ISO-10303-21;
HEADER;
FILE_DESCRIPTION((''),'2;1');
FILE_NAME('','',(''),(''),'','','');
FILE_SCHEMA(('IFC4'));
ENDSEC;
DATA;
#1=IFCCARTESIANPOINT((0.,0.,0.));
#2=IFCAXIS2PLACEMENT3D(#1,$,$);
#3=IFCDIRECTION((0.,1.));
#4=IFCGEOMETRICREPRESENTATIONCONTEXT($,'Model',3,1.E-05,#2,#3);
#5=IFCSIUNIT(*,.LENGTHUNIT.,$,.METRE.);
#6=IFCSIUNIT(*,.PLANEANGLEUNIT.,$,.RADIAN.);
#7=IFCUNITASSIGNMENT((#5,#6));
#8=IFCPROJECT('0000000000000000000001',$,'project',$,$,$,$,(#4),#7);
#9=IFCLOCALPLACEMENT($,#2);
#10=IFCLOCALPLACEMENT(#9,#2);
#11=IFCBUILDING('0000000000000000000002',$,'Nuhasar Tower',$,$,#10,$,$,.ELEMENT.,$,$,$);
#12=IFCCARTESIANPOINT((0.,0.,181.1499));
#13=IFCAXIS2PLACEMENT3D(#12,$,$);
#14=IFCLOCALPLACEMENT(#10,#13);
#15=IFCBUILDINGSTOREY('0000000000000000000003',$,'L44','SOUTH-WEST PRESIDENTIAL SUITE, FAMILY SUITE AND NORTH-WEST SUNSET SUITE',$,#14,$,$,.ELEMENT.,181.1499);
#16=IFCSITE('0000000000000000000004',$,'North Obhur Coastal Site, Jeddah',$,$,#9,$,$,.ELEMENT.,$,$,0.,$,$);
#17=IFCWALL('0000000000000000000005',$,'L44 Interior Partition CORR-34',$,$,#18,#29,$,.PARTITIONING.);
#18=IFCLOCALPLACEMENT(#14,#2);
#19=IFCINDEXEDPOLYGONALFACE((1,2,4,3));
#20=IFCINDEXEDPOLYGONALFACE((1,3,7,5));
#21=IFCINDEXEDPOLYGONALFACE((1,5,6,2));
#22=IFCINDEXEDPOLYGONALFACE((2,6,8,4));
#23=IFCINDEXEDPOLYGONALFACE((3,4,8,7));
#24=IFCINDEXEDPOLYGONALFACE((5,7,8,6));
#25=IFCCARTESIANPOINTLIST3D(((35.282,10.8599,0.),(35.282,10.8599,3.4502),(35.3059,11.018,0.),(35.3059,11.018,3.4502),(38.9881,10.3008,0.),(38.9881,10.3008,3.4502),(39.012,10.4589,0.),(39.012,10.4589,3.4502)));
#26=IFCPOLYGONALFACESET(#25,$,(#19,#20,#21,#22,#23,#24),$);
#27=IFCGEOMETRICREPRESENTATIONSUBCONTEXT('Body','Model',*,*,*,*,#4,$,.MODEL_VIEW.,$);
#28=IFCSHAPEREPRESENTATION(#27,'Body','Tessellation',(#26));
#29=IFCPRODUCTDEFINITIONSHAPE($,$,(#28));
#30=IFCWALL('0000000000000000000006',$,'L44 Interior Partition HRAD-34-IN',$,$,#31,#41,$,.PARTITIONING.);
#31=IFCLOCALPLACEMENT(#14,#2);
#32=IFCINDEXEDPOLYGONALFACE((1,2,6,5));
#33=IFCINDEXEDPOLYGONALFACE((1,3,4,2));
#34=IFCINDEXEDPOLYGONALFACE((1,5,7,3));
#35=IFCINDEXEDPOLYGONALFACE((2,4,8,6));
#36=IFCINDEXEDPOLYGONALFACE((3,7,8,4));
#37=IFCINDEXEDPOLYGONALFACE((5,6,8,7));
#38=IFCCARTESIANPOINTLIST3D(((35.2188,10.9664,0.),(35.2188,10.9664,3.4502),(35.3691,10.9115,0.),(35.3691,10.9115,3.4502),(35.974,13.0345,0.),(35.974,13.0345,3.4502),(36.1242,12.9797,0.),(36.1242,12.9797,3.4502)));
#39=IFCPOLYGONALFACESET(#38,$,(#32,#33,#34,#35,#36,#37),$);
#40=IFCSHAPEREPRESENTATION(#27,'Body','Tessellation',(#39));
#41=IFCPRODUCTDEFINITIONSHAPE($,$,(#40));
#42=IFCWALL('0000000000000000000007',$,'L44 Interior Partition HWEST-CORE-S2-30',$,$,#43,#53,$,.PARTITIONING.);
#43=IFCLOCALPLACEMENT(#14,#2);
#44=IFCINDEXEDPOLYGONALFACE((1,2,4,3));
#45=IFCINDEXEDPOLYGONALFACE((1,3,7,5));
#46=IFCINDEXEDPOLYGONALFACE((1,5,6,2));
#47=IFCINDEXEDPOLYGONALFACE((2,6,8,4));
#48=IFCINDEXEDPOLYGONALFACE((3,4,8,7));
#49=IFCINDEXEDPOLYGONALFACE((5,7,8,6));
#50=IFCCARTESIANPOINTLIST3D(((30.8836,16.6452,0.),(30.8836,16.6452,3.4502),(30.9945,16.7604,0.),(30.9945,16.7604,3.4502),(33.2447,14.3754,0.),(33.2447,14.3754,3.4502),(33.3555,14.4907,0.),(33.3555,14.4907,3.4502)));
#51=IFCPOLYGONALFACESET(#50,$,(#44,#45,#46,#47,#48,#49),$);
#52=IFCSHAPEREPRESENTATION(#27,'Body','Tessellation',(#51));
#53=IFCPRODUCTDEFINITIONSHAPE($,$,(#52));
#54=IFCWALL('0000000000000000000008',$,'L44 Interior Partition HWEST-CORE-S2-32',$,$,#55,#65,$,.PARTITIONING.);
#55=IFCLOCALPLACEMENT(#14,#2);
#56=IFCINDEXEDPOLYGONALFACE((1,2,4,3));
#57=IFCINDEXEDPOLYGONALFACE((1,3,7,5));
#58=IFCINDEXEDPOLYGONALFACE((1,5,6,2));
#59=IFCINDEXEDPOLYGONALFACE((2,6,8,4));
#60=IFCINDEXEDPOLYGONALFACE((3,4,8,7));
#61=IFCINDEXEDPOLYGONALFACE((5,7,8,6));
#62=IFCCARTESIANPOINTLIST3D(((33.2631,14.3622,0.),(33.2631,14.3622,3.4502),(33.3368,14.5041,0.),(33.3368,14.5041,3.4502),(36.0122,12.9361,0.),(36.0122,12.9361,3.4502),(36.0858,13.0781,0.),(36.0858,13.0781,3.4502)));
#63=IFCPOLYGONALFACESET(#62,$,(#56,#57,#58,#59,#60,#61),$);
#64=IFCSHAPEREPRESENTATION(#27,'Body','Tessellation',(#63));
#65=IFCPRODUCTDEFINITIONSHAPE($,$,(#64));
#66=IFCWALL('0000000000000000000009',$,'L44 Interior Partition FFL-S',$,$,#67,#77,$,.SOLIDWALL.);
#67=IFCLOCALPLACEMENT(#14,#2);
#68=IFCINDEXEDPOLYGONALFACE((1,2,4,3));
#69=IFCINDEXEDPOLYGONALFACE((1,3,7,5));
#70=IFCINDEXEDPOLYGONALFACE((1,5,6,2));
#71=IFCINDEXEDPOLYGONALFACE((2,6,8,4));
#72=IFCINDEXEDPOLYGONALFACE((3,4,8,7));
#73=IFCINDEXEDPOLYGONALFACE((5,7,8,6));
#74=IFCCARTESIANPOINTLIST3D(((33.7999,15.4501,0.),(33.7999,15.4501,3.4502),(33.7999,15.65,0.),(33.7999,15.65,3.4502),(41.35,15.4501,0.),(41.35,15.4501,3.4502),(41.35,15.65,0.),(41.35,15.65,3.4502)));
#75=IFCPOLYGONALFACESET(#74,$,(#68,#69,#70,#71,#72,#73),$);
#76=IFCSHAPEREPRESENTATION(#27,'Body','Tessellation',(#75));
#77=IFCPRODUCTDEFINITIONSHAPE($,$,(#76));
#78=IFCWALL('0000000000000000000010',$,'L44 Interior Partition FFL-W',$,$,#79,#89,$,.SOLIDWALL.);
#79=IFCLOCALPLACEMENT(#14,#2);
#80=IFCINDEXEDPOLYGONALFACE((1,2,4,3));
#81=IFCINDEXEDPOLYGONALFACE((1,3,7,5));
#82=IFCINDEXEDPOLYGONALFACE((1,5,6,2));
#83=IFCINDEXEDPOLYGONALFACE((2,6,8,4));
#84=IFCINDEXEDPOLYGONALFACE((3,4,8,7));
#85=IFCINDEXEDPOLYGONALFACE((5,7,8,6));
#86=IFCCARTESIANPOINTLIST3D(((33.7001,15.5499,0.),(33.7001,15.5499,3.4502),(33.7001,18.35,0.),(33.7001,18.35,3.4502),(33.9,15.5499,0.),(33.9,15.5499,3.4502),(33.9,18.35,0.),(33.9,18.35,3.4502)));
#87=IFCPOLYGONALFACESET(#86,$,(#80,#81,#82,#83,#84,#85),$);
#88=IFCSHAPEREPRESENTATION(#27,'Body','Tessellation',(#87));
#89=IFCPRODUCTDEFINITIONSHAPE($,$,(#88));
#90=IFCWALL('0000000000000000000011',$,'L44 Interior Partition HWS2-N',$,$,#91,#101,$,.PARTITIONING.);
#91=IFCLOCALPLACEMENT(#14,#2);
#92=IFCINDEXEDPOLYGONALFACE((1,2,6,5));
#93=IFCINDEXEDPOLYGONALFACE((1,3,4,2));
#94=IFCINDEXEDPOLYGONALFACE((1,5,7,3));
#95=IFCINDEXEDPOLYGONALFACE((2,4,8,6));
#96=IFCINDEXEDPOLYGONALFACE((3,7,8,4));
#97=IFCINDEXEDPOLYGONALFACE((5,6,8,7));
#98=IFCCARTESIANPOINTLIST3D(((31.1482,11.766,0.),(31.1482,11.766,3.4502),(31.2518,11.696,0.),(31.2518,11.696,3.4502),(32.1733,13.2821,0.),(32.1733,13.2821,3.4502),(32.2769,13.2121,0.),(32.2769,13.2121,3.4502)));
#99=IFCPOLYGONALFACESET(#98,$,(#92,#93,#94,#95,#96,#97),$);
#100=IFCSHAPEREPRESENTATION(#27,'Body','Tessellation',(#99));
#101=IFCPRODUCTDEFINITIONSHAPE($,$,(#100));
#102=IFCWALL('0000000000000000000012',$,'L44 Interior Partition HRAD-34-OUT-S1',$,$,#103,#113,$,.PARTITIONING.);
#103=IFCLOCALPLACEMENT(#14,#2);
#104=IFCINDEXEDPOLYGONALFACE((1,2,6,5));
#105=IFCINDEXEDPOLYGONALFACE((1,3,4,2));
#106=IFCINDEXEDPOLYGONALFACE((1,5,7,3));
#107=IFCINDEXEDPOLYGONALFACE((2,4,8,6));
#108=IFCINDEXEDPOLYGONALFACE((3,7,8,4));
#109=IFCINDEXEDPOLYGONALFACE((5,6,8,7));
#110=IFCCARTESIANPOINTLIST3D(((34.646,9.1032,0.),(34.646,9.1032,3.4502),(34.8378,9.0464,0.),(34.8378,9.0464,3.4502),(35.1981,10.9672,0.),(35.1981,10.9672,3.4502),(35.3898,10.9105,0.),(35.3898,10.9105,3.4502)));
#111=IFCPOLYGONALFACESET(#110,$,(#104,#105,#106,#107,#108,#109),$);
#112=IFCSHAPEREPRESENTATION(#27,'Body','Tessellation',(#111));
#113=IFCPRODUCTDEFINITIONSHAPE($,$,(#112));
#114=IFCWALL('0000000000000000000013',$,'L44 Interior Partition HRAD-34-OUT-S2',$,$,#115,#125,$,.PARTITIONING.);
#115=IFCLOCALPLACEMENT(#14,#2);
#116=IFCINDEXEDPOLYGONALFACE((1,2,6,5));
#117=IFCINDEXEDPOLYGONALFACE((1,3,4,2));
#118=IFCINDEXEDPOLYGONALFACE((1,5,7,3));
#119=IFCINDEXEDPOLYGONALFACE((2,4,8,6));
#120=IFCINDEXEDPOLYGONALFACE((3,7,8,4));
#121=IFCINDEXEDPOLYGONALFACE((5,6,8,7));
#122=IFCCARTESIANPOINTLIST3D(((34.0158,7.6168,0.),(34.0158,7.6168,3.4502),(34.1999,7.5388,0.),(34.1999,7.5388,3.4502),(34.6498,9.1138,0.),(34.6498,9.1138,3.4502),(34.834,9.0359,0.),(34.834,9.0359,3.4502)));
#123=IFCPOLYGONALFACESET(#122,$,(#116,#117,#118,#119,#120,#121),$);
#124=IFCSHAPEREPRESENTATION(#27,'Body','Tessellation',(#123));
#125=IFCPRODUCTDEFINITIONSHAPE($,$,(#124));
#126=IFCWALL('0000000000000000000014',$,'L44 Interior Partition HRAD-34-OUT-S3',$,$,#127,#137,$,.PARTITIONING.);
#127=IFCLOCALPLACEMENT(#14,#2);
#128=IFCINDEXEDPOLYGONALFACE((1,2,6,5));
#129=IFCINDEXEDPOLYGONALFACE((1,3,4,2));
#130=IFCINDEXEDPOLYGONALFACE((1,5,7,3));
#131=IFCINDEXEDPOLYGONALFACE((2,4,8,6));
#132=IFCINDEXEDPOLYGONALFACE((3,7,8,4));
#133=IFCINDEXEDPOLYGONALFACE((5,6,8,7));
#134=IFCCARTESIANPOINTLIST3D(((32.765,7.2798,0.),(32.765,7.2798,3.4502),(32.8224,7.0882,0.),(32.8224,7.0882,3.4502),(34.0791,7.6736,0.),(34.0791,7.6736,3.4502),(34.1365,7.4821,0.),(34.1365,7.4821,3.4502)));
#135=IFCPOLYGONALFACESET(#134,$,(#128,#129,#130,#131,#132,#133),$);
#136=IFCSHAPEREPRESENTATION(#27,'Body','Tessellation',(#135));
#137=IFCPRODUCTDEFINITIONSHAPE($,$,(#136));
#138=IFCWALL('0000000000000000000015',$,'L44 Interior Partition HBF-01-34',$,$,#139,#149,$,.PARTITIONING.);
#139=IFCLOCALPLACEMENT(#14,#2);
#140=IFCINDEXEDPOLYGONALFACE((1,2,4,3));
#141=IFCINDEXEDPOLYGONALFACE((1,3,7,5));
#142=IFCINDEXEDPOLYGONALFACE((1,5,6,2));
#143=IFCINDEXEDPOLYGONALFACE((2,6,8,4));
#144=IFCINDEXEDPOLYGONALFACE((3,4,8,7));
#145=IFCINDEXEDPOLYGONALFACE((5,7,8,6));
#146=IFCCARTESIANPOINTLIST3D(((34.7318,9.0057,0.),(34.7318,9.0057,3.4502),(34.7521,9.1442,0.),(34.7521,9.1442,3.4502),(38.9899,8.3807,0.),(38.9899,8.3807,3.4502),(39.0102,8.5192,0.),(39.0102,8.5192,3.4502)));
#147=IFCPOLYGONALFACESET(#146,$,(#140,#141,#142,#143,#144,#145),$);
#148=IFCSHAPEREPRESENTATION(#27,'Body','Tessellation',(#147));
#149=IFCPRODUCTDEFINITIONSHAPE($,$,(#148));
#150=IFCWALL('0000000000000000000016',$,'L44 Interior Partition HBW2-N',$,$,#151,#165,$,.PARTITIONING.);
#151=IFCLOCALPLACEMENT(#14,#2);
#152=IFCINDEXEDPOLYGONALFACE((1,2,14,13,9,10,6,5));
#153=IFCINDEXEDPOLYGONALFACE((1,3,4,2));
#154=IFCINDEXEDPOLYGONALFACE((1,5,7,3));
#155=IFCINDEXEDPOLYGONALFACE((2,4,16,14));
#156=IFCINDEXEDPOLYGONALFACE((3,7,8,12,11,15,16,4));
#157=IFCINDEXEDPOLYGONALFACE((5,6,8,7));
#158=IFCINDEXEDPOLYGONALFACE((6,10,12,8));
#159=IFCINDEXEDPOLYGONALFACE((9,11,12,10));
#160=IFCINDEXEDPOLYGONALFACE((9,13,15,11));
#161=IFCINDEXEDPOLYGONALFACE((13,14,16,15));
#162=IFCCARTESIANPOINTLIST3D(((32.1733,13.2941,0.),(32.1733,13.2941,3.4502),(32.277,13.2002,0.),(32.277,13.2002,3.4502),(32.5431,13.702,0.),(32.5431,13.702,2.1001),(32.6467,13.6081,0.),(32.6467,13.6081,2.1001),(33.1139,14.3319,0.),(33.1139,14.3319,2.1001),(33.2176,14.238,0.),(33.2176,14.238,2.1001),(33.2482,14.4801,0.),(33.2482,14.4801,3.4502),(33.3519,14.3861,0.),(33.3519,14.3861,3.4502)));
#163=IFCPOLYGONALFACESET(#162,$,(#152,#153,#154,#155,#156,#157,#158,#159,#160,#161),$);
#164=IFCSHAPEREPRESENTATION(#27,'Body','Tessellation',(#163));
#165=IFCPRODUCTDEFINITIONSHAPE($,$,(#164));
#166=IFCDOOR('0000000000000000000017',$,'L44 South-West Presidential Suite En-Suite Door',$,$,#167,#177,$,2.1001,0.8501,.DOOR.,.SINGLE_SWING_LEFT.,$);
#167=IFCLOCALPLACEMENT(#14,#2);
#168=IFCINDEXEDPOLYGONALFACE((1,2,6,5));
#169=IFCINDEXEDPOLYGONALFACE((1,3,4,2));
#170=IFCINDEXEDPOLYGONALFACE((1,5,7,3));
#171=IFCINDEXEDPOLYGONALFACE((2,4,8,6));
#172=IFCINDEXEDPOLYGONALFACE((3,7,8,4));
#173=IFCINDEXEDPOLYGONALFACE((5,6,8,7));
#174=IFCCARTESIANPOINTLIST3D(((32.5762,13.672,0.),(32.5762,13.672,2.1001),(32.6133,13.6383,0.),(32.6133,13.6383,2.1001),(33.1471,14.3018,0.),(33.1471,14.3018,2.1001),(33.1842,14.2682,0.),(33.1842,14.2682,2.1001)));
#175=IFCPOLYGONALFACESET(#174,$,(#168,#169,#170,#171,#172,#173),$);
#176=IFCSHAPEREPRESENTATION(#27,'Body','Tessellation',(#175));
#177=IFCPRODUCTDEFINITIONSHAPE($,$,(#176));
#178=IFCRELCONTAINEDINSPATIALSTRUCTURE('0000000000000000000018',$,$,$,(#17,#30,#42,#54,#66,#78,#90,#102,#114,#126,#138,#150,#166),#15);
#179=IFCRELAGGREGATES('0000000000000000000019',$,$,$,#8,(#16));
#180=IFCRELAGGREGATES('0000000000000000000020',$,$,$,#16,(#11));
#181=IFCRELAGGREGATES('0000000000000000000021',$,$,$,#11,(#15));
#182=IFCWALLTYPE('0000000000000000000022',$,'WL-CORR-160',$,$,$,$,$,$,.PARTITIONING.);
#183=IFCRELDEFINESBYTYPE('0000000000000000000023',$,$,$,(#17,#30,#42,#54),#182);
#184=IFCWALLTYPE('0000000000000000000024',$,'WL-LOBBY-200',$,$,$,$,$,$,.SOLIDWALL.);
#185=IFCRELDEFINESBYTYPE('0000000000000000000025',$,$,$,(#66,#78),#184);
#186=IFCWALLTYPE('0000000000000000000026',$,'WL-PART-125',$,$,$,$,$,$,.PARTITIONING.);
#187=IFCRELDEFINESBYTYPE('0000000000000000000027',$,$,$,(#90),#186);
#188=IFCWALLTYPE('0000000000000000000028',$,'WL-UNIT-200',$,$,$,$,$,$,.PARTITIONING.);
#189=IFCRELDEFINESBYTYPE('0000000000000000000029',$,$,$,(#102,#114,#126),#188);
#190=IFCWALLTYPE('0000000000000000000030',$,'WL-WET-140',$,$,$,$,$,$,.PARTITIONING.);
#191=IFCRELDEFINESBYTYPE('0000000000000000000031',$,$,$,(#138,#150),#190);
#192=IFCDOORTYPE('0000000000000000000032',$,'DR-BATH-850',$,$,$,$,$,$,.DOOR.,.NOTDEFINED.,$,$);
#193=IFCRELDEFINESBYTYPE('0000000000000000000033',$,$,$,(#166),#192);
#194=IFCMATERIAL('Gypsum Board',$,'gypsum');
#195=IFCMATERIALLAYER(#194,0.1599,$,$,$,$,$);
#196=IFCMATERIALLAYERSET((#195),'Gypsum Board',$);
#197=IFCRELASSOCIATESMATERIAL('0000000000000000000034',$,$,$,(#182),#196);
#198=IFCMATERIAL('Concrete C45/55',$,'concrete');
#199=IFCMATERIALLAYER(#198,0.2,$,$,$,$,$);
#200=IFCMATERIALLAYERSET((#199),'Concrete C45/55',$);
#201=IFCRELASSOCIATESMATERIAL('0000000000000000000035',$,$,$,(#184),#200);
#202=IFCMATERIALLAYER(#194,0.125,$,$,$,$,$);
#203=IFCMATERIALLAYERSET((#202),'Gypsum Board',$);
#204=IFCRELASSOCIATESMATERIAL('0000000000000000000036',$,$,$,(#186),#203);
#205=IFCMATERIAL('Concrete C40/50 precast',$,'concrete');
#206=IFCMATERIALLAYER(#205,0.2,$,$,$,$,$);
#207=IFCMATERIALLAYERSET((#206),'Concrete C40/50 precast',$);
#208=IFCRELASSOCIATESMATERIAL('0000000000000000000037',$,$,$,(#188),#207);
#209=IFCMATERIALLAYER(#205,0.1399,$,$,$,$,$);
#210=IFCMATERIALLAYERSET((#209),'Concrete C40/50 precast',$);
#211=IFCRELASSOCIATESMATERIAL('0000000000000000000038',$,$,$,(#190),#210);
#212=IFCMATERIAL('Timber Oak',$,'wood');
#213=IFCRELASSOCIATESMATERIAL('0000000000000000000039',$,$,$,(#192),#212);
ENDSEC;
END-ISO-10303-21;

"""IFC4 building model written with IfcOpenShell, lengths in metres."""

from ifc_helpers import new_model, si_unit, direction, frame, frame_2d, origin, place, context, subcontext, project, spatial, rectangle, extrude, material, layer, layer_set, type_object, element, fill, save


model = new_model("IFC4")

# Units and contexts
model_context = context("Model", 3, precision=1e-05, world=origin(), true_north=direction((0.0, 1.0)))
body_context = subcontext(model_context, "Body", "Model", "MODEL_VIEW")
ifc_project = project(units=[si_unit("LENGTHUNIT", "METRE"), si_unit("PLANEANGLEUNIT", "RADIAN")], contexts=[model_context])

# Site, building, storey
site_placement = place(None, origin())
site = spatial("IfcSite", under=ifc_project, at=site_placement, Name="North Obhur Coastal Site, Jeddah", CompositionType="ELEMENT", RefElevation=0.0)
building_placement = place(site_placement, origin())
building = spatial("IfcBuilding", under=site, at=building_placement, Name="Nuhasar Tower", CompositionType="ELEMENT")
storey_placement = place(building_placement, frame((0.0, 0.0, 181.1499)))
storey = spatial("IfcBuildingStorey", under=building, at=storey_placement, Name="L44", Description="SOUTH-WEST PRESIDENTIAL SUITE, FAMILY SUITE AND NORTH-WEST SUNSET SUITE", CompositionType="ELEMENT", Elevation=181.1499)

# Walls
ifc_material_1 = material(Name="Gypsum Board", Category="gypsum")
ifc_layer_1 = layer(ifc_material_1, 0.1599)
ifc_layer_set_1 = layer_set([ifc_layer_1], Name="Gypsum Board")
wall_type_1 = type_object("IfcWallType", Name="WL-CORR-160", PredefinedType="PARTITIONING", material=ifc_layer_set_1)
wall_1_placement = place(storey_placement, frame((35.2939, 10.939, 0.0), z_axis=(0.0, 0.0, 1.0), x_axis=(0.988812, -0.149169, 0.0)))
element("IfcWall", 1, at=wall_1_placement, inside=storey, type_object=wall_type_1, Name="L44 Interior Partition CORR-34", PredefinedType="PARTITIONING", context=body_context, shape_type="SweptSolid", body=[
    extrude(rectangle(XDim=3.748, YDim=0.1599, at=frame_2d((1.874, 0.0))), origin(), (0.0, 0.0, 1.0), 3.4502),
])
wall_2_placement = place(storey_placement, frame((36.0491, 13.0071, 0.0), z_axis=(0.0, 0.0, 1.0), x_axis=(-0.34298, -0.939343, 0.0)))
element("IfcWall", 2, at=wall_2_placement, inside=storey, type_object=wall_type_1, Name="L44 Interior Partition HRAD-34-IN", PredefinedType="PARTITIONING", context=body_context, shape_type="SweptSolid", body=[
    extrude(rectangle(XDim=2.2017, YDim=0.1599, at=frame_2d((1.1008, 0.0))), origin(), (0.0, 0.0, 1.0), 3.4502),
])
wall_3_placement = place(storey_placement, frame((30.939, 16.7029, 0.0), z_axis=(0.0, 0.0, 1.0), x_axis=(0.720909, -0.69303, 0.0)))
element("IfcWall", 3, at=wall_3_placement, inside=storey, type_object=wall_type_1, Name="L44 Interior Partition HWEST-CORE-S2-30", PredefinedType="PARTITIONING", context=body_context, shape_type="SweptSolid", body=[
    extrude(rectangle(XDim=3.2751, YDim=0.1599, at=frame_2d((1.6377, 0.0))), origin(), (0.0, 0.0, 1.0), 3.4502),
])
wall_4_placement = place(storey_placement, frame((33.3, 14.4331, 0.0), z_axis=(0.0, 0.0, 1.0), x_axis=(0.887675, -0.460471, 0.0)))
element("IfcWall", 4, at=wall_4_placement, inside=storey, type_object=wall_type_1, Name="L44 Interior Partition HWEST-CORE-S2-32", PredefinedType="PARTITIONING", context=body_context, shape_type="SweptSolid", body=[
    extrude(rectangle(XDim=3.0969, YDim=0.1599, at=frame_2d((1.5483, 0.0))), origin(), (0.0, 0.0, 1.0), 3.4502),
])
ifc_material_2 = material(Name="Concrete C45/55", Category="concrete")
ifc_layer_2 = layer(ifc_material_2, 0.2)
ifc_layer_set_2 = layer_set([ifc_layer_2], Name="Concrete C45/55")
wall_type_2 = type_object("IfcWallType", Name="WL-LOBBY-200", PredefinedType="SOLIDWALL", material=ifc_layer_set_2)
wall_5_placement = place(storey_placement, frame((33.8, 15.55, 0.0), z_axis=(0.0, 0.0, 1.0), x_axis=(1.0, 0.0, 0.0)))
element("IfcWall", 5, at=wall_5_placement, inside=storey, type_object=wall_type_2, Name="L44 Interior Partition FFL-S", PredefinedType="SOLIDWALL", context=body_context, shape_type="SweptSolid", body=[
    extrude(rectangle(XDim=7.55, YDim=0.2, at=frame_2d((3.7749, 0.0))), origin(), (0.0, 0.0, 1.0), 3.4502),
])
wall_6_placement = place(storey_placement, frame((33.8, 15.55, 0.0), z_axis=(0.0, 0.0, 1.0), x_axis=(0.0, 1.0, 0.0)))
element("IfcWall", 6, at=wall_6_placement, inside=storey, type_object=wall_type_2, Name="L44 Interior Partition FFL-W", PredefinedType="SOLIDWALL", context=body_context, shape_type="SweptSolid", body=[
    extrude(rectangle(XDim=2.8, YDim=0.2, at=frame_2d((1.3999, 0.0))), origin(), (0.0, 0.0, 1.0), 3.4502),
])
ifc_layer_3 = layer(ifc_material_1, 0.125)
ifc_layer_set_3 = layer_set([ifc_layer_3], Name="Gypsum Board")
wall_type_3 = type_object("IfcWallType", Name="WL-PART-125", PredefinedType="PARTITIONING", material=ifc_layer_set_3)
wall_7_placement = place(storey_placement, frame((32.2251, 13.2471, 0.0), z_axis=(0.0, 0.0, 1.0), x_axis=(-0.560137, -0.8284, 0.0)))
element("IfcWall", 7, at=wall_7_placement, inside=storey, type_object=wall_type_3, Name="L44 Interior Partition HWS2-N", PredefinedType="PARTITIONING", context=body_context, shape_type="SweptSolid", body=[
    extrude(rectangle(XDim=1.8301, YDim=0.125, at=frame_2d((0.915, 0.0))), origin(), (0.0, 0.0, 1.0), 3.4502),
])
ifc_material_3 = material(Name="Concrete C40/50 precast", Category="concrete")
ifc_layer_4 = layer(ifc_material_3, 0.2)
ifc_layer_set_4 = layer_set([ifc_layer_4], Name="Concrete C40/50 precast")
wall_type_4 = type_object("IfcWallType", Name="WL-UNIT-200", PredefinedType="PARTITIONING", material=ifc_layer_set_4)
wall_8_placement = place(storey_placement, frame((35.2939, 10.939, 0.0), z_axis=(0.0, 0.0, 1.0), x_axis=(-0.283947, -0.95884, 0.0)))
element("IfcWall", 8, at=wall_8_placement, inside=storey, type_object=wall_type_4, Name="L44 Interior Partition HRAD-34-OUT-S1", PredefinedType="PARTITIONING", context=body_context, shape_type="SweptSolid", body=[
    extrude(rectangle(XDim=1.9441, YDim=0.2, at=frame_2d((0.9722, 0.0))), origin(), (0.0, 0.0, 1.0), 3.4502),
])
wall_9_placement = place(storey_placement, frame((34.7419, 9.075, 0.0), z_axis=(0.0, 0.0, 1.0), x_axis=(-0.389983, -0.920822, 0.0)))
element("IfcWall", 9, at=wall_9_placement, inside=storey, type_object=wall_type_4, Name="L44 Interior Partition HRAD-34-OUT-S2", PredefinedType="PARTITIONING", context=body_context, shape_type="SweptSolid", body=[
    extrude(rectangle(XDim=1.6257, YDim=0.2, at=frame_2d((0.813, 0.0))), origin(), (0.0, 0.0, 1.0), 3.4502),
])
wall_10_placement = place(storey_placement, frame((34.1079, 7.5779, 0.0), z_axis=(0.0, 0.0, 1.0), x_axis=(-0.957905, -0.287087, 0.0)))
element("IfcWall", 10, at=wall_10_placement, inside=storey, type_object=wall_type_4, Name="L44 Interior Partition HRAD-34-OUT-S3", PredefinedType="PARTITIONING", context=body_context, shape_type="SweptSolid", body=[
    extrude(rectangle(XDim=1.3718, YDim=0.2, at=frame_2d((0.686, 0.0))), origin(), (0.0, 0.0, 1.0), 3.4502),
])
ifc_layer_5 = layer(ifc_material_3, 0.1399)
ifc_layer_set_5 = layer_set([ifc_layer_5], Name="Concrete C40/50 precast")
wall_type_5 = type_object("IfcWallType", Name="WL-WET-140", PredefinedType="PARTITIONING", material=ifc_layer_set_5)
wall_11_placement = place(storey_placement, frame((34.7419, 9.075, 0.0), z_axis=(0.0, 0.0, 1.0), x_axis=(0.989399, -0.145225, 0.0)))
element("IfcWall", 11, at=wall_11_placement, inside=storey, type_object=wall_type_5, Name="L44 Interior Partition HBF-01-34", PredefinedType="PARTITIONING", context=body_context, shape_type="SweptSolid", body=[
    extrude(rectangle(XDim=4.3037, YDim=0.1399, at=frame_2d((2.1519, 0.0))), origin(), (0.0, 0.0, 1.0), 3.4502),
])

# Wall, opening, door
wall_12_placement = place(storey_placement, frame((33.3, 14.4331, 0.0), z_axis=(0.0, 0.0, 1.0), x_axis=(-0.671556, -0.740954, 0.0)))
wall_12 = element("IfcWall", 12, at=wall_12_placement, inside=storey, type_object=wall_type_5, Name="L44 Interior Partition HBW2-N", PredefinedType="PARTITIONING", context=body_context, shape_type="SweptSolid", body=[
    extrude(rectangle(XDim=1.6006, YDim=0.1399, at=frame_2d((0.8003, 0.0))), origin(), (0.0, 0.0, 1.0), 3.4502),
])
opening_placement = place(wall_12_placement, frame((0.2, 0.0, 0.0)))
opening = element("IfcOpeningElement", 13, at=opening_placement, cuts=wall_12, PredefinedType="OPENING", context=body_context, shape_type="SweptSolid", body=[
    extrude(rectangle(XDim=0.8501, YDim=2.1001, at=frame_2d((0.425, 1.05))), frame((0.0, 0.0801, 0.0), z_axis=(0.0, -1.0, 0.0), x_axis=(1.0, 0.0, 0.0)), (0.0, 0.0, 1.0), 0.1599),
])
ifc_material_4 = material(Name="Timber Oak", Category="wood")
door_type = type_object("IfcDoorType", Name="DR-BATH-850", OperationType="NOTDEFINED", PredefinedType="DOOR", material=ifc_material_4)
door_placement = place(opening_placement, origin())
door = element("IfcDoor", 14, at=door_placement, inside=storey, type_object=door_type, Name="L44 South-West Presidential Suite En-Suite Door", OperationType="SINGLE_SWING_LEFT", OverallHeight=2.1001, OverallWidth=0.8501, PredefinedType="DOOR", context=body_context, shape_type="SweptSolid", body=[
    extrude(rectangle(XDim=0.8501, YDim=2.1001, at=frame_2d((0.425, 1.05))), frame((0.0, 0.0249, 0.0), z_axis=(0.0, -1.0, 0.0), x_axis=(1.0, 0.0, 0.0)), (0.0, 0.0, 1.0), 0.05),
])
fill(opening, door)

save(model, "model.ifc")
